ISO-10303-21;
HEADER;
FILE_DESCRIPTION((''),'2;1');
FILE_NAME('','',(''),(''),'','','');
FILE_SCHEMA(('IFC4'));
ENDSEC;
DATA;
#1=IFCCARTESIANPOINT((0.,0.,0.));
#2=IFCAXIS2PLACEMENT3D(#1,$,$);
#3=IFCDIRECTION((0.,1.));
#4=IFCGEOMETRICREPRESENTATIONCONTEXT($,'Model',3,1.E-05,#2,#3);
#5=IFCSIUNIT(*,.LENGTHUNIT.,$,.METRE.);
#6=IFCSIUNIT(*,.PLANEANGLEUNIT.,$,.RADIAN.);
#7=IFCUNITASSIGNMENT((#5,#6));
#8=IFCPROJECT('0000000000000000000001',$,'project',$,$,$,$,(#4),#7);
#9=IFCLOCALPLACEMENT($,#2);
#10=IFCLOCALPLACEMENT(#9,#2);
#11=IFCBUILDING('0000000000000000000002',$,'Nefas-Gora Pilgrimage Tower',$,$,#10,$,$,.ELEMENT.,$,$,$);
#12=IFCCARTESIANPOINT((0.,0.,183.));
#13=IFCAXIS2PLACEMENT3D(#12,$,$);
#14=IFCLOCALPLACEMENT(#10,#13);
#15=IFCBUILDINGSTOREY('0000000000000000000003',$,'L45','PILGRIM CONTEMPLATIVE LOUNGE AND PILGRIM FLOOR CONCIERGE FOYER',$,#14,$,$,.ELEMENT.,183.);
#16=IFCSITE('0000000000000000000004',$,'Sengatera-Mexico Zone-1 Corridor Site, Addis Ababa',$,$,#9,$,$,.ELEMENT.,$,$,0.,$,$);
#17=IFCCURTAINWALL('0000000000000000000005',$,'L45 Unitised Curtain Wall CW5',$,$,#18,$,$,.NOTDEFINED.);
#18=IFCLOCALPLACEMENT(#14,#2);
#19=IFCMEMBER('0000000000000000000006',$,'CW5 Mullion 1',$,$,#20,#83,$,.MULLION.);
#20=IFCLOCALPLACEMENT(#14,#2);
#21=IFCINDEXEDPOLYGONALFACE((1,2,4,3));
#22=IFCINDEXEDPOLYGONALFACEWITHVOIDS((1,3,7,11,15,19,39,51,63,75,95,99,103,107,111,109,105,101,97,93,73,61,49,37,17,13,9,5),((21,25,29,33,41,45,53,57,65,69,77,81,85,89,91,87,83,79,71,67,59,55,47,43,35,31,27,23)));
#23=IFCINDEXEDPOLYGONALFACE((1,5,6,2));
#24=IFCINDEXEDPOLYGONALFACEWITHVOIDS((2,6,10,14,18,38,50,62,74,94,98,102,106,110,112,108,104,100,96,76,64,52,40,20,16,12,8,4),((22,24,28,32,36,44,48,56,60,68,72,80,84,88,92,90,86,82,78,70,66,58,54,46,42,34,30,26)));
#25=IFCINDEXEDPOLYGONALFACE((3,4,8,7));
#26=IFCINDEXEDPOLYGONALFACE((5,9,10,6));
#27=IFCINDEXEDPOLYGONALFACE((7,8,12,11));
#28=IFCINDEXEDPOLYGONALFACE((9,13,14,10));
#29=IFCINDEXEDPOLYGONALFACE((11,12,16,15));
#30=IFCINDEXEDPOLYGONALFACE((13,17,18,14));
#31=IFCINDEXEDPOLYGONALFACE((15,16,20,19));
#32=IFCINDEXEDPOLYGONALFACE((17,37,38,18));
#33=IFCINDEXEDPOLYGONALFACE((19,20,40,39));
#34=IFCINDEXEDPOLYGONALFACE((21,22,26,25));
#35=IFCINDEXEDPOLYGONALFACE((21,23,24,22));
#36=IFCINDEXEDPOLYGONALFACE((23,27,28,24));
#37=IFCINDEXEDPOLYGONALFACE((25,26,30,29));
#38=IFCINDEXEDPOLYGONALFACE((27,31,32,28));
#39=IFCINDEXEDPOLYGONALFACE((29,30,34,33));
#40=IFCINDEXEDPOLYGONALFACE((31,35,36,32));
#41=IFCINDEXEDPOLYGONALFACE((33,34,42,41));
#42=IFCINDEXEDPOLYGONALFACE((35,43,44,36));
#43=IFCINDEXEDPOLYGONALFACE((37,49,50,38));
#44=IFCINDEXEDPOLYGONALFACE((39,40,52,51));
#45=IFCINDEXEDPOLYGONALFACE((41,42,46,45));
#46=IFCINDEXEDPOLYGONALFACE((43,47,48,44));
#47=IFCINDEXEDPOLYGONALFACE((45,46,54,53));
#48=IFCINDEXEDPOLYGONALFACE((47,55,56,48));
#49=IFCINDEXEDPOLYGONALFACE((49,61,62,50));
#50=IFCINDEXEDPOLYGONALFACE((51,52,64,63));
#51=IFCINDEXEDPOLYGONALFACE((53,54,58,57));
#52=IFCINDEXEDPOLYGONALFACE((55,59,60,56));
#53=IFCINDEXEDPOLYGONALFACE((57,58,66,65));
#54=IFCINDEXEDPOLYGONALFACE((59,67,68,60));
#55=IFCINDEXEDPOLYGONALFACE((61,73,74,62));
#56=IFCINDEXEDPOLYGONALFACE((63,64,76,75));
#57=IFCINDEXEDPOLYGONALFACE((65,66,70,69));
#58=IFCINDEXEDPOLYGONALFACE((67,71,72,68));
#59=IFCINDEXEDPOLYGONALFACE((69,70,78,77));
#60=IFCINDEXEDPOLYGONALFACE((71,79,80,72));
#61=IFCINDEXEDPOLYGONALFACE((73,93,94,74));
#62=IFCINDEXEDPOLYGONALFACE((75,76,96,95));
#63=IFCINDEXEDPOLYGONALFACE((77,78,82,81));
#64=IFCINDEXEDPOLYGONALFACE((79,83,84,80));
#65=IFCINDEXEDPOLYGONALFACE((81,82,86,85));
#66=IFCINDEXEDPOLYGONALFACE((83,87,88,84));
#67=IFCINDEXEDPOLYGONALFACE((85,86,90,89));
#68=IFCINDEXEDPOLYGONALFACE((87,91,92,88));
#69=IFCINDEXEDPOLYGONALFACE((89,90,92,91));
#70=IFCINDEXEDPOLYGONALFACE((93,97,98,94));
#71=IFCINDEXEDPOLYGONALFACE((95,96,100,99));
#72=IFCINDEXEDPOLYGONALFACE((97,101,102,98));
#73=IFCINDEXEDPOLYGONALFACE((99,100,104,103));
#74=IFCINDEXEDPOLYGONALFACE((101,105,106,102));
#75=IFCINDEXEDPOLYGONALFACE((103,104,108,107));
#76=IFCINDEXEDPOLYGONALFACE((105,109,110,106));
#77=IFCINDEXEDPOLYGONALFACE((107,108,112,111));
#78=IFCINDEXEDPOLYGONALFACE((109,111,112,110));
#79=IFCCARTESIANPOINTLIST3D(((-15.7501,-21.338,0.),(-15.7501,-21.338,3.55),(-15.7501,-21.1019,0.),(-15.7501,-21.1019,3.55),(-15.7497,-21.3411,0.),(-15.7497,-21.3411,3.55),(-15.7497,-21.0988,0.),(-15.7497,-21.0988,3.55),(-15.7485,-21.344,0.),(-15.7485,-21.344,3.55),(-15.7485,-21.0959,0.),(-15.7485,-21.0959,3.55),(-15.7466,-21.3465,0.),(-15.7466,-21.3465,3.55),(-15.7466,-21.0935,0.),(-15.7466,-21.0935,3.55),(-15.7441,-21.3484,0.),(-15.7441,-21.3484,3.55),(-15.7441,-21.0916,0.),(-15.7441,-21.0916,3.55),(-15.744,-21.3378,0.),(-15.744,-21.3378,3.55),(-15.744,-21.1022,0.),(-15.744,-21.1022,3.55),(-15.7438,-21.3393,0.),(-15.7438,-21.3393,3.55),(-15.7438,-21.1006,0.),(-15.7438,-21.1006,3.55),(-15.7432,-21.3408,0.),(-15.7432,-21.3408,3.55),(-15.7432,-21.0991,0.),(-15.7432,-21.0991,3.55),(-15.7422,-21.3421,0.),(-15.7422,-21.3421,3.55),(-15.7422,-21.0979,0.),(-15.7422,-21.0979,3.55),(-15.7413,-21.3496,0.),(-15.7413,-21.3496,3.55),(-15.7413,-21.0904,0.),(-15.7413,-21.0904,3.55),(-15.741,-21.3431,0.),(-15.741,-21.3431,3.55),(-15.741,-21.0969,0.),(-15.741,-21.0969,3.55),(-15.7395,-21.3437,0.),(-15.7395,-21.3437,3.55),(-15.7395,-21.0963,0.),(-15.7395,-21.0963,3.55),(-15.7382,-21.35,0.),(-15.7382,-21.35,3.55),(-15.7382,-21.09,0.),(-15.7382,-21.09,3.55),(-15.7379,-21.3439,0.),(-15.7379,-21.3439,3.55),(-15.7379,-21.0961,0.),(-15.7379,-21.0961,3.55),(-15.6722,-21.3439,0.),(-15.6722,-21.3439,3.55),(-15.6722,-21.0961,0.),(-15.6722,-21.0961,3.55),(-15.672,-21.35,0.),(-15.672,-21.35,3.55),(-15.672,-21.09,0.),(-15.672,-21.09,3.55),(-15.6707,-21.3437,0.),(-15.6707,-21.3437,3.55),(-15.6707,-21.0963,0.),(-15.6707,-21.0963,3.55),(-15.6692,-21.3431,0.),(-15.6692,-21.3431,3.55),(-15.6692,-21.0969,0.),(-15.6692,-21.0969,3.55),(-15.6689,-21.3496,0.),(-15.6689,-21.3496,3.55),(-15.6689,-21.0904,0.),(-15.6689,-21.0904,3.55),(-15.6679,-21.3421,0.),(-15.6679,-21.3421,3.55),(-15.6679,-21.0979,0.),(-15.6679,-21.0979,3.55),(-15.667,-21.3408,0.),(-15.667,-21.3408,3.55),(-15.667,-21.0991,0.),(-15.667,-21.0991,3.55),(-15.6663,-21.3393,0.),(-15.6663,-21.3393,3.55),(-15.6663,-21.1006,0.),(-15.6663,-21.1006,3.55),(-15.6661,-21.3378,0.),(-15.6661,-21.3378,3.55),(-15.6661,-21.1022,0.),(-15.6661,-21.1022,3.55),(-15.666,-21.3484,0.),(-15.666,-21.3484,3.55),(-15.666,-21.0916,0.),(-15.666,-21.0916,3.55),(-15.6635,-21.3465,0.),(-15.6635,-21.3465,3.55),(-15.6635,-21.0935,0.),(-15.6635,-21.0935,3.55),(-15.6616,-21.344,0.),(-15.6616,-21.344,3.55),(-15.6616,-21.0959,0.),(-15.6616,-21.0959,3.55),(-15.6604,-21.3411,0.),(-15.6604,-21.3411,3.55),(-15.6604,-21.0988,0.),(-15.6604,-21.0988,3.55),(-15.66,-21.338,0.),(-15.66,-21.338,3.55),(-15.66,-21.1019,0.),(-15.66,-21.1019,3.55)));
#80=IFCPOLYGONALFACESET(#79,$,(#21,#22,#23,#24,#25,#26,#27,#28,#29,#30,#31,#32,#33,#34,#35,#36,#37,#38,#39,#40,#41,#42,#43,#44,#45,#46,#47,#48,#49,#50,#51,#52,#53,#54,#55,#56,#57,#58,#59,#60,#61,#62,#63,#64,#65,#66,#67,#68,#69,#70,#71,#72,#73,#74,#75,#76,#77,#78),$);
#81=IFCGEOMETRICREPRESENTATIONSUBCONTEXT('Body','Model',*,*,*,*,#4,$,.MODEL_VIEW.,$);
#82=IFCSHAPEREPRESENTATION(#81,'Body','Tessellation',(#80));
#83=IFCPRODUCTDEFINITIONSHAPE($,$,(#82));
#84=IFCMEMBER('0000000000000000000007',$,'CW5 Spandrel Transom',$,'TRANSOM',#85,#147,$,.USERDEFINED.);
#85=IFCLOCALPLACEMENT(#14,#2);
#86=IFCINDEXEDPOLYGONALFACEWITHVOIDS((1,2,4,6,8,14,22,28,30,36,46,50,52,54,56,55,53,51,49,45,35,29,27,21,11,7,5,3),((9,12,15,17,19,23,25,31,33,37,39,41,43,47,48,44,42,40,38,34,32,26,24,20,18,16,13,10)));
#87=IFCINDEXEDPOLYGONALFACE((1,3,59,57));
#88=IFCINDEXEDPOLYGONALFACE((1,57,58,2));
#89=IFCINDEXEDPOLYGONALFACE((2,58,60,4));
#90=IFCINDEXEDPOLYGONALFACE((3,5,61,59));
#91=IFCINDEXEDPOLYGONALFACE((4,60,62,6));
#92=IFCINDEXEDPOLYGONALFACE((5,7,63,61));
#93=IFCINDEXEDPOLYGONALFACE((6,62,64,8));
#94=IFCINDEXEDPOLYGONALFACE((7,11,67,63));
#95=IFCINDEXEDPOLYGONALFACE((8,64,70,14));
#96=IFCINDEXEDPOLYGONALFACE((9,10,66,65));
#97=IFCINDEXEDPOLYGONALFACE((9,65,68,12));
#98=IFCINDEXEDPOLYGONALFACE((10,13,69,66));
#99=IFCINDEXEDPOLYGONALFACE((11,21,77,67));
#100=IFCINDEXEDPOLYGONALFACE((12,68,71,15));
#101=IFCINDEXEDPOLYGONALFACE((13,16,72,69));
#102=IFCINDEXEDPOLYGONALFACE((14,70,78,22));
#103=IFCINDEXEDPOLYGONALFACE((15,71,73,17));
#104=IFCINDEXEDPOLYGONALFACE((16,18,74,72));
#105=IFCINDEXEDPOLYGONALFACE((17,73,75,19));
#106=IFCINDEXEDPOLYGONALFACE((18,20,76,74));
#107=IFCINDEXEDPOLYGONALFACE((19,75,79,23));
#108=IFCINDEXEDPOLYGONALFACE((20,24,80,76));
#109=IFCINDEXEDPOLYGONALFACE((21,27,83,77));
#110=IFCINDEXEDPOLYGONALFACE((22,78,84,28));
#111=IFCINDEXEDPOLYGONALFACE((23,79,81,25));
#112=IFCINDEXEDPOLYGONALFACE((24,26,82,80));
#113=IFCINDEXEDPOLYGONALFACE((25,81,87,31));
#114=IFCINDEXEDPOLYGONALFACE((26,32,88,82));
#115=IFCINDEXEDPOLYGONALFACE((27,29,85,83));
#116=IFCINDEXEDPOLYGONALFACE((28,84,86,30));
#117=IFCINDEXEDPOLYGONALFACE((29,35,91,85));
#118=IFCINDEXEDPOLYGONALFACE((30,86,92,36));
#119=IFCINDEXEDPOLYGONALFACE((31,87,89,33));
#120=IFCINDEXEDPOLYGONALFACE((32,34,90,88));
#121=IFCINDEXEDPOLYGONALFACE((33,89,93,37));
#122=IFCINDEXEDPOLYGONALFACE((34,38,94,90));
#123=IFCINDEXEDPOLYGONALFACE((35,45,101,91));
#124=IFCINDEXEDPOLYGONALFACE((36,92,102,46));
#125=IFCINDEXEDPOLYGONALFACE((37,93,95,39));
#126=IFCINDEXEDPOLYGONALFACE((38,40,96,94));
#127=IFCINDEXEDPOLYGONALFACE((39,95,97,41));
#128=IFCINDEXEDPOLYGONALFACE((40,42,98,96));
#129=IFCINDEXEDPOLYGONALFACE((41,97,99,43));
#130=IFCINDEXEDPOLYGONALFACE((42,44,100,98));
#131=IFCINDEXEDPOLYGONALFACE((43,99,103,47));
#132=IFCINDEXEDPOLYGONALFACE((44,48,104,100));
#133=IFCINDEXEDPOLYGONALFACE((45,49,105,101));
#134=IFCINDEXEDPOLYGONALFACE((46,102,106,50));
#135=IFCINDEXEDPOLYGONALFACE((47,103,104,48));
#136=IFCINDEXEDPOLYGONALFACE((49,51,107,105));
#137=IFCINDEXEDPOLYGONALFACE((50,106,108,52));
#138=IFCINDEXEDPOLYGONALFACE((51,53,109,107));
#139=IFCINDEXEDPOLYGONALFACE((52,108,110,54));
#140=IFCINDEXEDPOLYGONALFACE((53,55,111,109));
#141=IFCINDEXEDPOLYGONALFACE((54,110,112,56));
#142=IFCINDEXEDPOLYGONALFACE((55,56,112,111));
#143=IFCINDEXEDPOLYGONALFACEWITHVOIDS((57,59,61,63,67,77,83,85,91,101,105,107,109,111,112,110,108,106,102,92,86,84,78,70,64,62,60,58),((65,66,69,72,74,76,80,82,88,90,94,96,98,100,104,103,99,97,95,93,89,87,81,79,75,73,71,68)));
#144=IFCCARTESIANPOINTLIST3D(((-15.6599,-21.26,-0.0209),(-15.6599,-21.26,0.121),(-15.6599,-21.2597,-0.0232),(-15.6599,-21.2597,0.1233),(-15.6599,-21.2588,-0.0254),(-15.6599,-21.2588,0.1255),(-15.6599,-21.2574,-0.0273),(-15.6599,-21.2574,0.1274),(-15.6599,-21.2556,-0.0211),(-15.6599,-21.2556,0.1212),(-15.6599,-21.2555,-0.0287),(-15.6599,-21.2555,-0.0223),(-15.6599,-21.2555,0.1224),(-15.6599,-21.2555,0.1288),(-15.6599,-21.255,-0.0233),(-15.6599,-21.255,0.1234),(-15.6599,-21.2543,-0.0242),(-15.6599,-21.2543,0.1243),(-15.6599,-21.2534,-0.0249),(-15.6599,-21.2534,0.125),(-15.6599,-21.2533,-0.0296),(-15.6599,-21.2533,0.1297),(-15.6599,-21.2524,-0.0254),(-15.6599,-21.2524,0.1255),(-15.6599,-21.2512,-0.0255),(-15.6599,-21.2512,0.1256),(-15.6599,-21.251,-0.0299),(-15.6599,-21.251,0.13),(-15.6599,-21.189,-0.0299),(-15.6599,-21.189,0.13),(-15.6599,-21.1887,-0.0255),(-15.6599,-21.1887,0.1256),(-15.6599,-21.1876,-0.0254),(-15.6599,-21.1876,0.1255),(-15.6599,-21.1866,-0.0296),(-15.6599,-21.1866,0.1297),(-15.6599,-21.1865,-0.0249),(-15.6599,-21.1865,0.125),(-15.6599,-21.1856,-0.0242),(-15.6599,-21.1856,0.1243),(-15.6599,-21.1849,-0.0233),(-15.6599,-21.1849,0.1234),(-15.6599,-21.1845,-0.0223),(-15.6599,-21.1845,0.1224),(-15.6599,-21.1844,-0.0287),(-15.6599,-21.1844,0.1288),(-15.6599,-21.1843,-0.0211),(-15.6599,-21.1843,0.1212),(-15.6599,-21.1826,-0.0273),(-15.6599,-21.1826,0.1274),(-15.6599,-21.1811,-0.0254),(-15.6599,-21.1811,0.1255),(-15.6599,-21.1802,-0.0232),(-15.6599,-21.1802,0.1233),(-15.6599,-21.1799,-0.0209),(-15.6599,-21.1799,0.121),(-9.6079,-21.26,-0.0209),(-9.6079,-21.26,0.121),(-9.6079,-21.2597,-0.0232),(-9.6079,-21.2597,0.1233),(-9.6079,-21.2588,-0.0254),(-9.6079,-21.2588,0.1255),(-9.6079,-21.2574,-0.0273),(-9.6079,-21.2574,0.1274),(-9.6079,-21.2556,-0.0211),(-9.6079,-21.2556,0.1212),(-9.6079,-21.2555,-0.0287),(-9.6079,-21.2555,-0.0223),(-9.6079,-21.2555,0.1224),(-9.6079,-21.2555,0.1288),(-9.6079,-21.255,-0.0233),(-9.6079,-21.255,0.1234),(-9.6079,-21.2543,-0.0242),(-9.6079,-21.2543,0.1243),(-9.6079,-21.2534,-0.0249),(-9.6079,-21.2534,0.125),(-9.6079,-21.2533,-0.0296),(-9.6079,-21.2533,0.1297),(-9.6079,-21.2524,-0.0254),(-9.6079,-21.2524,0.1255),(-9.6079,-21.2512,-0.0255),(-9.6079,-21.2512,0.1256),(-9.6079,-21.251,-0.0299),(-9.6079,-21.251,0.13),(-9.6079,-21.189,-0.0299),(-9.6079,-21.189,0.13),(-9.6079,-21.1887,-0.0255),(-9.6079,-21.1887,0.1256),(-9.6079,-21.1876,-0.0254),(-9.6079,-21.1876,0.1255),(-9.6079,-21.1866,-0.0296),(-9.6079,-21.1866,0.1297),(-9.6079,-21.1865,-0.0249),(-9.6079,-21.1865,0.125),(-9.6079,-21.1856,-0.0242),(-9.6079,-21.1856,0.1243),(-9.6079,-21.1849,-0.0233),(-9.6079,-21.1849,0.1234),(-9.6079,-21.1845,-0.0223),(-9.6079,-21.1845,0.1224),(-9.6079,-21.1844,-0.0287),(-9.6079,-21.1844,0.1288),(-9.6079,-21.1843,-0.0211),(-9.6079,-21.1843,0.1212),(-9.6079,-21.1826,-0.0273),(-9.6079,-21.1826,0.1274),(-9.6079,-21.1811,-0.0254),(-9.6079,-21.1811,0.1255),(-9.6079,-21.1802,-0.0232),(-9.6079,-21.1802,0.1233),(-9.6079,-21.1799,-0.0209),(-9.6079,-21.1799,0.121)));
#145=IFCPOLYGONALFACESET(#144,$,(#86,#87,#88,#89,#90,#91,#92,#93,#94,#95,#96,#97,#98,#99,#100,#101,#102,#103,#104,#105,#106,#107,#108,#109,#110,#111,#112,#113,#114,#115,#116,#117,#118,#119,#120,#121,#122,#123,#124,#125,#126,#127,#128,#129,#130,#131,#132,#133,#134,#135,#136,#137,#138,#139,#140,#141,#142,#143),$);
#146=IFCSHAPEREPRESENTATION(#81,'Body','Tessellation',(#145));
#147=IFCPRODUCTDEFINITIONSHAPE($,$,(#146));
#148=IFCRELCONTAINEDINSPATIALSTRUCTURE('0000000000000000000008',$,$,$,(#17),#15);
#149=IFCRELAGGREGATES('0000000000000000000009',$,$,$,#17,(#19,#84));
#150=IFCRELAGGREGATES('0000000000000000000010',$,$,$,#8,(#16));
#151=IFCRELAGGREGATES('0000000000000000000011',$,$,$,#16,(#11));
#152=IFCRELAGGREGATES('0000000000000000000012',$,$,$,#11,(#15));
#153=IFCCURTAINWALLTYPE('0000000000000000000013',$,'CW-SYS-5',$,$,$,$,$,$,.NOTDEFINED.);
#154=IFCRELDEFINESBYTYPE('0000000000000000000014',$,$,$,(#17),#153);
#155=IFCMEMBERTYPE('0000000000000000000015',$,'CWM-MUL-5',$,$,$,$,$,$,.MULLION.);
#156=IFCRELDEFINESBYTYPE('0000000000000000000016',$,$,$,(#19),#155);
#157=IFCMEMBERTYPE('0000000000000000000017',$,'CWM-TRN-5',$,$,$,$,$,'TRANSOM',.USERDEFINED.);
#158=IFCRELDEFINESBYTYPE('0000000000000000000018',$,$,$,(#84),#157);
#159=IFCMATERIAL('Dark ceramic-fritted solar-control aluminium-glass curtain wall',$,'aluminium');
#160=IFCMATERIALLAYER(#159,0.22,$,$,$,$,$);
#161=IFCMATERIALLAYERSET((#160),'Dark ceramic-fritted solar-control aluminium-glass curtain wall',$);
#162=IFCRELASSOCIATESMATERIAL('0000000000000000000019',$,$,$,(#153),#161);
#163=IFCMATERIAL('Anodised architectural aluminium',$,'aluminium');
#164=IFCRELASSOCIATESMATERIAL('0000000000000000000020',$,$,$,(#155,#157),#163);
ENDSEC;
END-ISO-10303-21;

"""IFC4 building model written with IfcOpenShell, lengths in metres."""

from ifc_helpers import new_model, si_unit, direction, frame, origin, origin_2d, place, context, subcontext, project, spatial, hollow_rectangle, extrude, source, transform, mapped, material, layer, layer_set, material_profile, profile_set, type_object, element, aggregate, save


model = new_model("IFC4")

# Units and contexts
model_context = context("Model", 3, precision=1e-05, world=origin(), true_north=direction((0.0, 1.0)))
body_context = subcontext(model_context, "Body", "Model", "MODEL_VIEW")
ifc_project = project(units=[si_unit("LENGTHUNIT", "METRE"), si_unit("PLANEANGLEUNIT", "RADIAN")], contexts=[model_context])

# Site, building, storey
site_placement = place(None, origin())
site = spatial("IfcSite", under=ifc_project, at=site_placement, Name="Sengatera-Mexico Zone-1 Corridor Site, Addis Ababa", CompositionType="ELEMENT", RefElevation=0.0)
building_placement = place(site_placement, origin())
building = spatial("IfcBuilding", under=site, at=building_placement, Name="Nefas-Gora Pilgrimage Tower", CompositionType="ELEMENT")
storey_placement = place(building_placement, frame((0.0, 0.0, 183.0)))
storey = spatial("IfcBuildingStorey", under=building, at=storey_placement, Name="L45", Description="PILGRIM CONTEMPLATIVE LOUNGE AND PILGRIM FLOOR CONCIERGE FOYER", CompositionType="ELEMENT", Elevation=183.0)

# Curtain wall, members
ifc_material_1 = material(Name="Dark ceramic-fritted solar-control aluminium-glass curtain wall", Category="aluminium")
ifc_layer_1 = layer(ifc_material_1, 0.22)
ifc_layer_set_1 = layer_set([ifc_layer_1], Name="Dark ceramic-fritted solar-control aluminium-glass curtain wall")
curtain_wall_type_1 = type_object("IfcCurtainWallType", Name="CW-SYS-5", PredefinedType="NOTDEFINED", material=ifc_layer_set_1)
curtain_wall_1_placement = place(storey_placement, origin())
curtain_wall_1 = element("IfcCurtainWall", 1, at=curtain_wall_1_placement, inside=storey, type_object=curtain_wall_type_1, Name="L45 Unitised Curtain Wall CW5", PredefinedType="NOTDEFINED")
ifc_material_2 = material(Name="Anodised architectural aluminium", Category="aluminium")
ifc_material_profile_1 = material_profile(ifc_material_2, hollow_rectangle(XDim=0.0901, YDim=0.26, WallThickness=0.0061, InnerFilletRadius=0.0061, OuterFilletRadius=0.012, at=origin_2d()), Name="ALU MULLION 90x260")
ifc_profile_set_1 = profile_set([ifc_material_profile_1], Name="Anodised architectural aluminium")
member_type_1 = type_object("IfcMemberType", Name="CWM-MUL-5", PredefinedType="MULLION", material=ifc_profile_set_1)
shared_shape_1 = source(origin(), body_context, "Body", "SweptSolid", [
    extrude(hollow_rectangle(XDim=0.0901, YDim=0.26, WallThickness=0.0061, InnerFilletRadius=0.0061, OuterFilletRadius=0.012, at=origin_2d()), origin(), (0.0, 0.0, 1.0), 3.55),
])
member_1_placement = place(storey_placement, frame((-15.7051, -21.22, 0.0), z_axis=(0.0, 0.0, 1.0), x_axis=(1.0, 0.0, 0.0)))
member_1 = element("IfcMember", 2, at=member_1_placement, type_object=member_type_1, Name="CW5 Mullion 1", PredefinedType="MULLION", context=body_context, shape_type="MappedRepresentation", body=[
    mapped(shared_shape_1, transform((0.0, 0.0, 0.0), x_axis=(1.0, 0.0, 0.0), y_axis=(0.0, 1.0, 0.0), z_axis=(0.0, 0.0, 1.0), scale=1.0)),
])
ifc_material_profile_2 = material_profile(ifc_material_2, hollow_rectangle(XDim=0.0801, YDim=0.1599, WallThickness=0.0044, InnerFilletRadius=0.0044, OuterFilletRadius=0.009, at=origin_2d()), Name="ALU TRANSOM 80x160")
ifc_profile_set_2 = profile_set([ifc_material_profile_2], Name="Anodised architectural aluminium")
member_type_2 = type_object("IfcMemberType", Name="CWM-TRN-5", ElementType="TRANSOM", PredefinedType="USERDEFINED", material=ifc_profile_set_2)
shared_shape_2 = source(origin(), body_context, "Body", "SweptSolid", [
    extrude(hollow_rectangle(XDim=0.0801, YDim=0.1599, WallThickness=0.0044, InnerFilletRadius=0.0044, OuterFilletRadius=0.009, at=origin_2d()), origin(), (0.0, 0.0, 1.0), 6.052),
])
member_2_placement = place(storey_placement, frame((-15.6599, -21.22, 0.05), z_axis=(1.0, 0.0, 0.0), x_axis=(0.0, 1.0, 0.0)))
member_2 = element("IfcMember", 3, at=member_2_placement, type_object=member_type_2, Name="CW5 Spandrel Transom", ObjectType="TRANSOM", PredefinedType="USERDEFINED", context=body_context, shape_type="MappedRepresentation", body=[
    mapped(shared_shape_2, transform((0.0, 0.0, 0.0), x_axis=(1.0, 0.0, 0.0), y_axis=(0.0, 1.0, 0.0), z_axis=(0.0, 0.0, 1.0), scale=1.0)),
])

aggregate(curtain_wall_1, [member_1, member_2])

save(model, "model.ifc")
